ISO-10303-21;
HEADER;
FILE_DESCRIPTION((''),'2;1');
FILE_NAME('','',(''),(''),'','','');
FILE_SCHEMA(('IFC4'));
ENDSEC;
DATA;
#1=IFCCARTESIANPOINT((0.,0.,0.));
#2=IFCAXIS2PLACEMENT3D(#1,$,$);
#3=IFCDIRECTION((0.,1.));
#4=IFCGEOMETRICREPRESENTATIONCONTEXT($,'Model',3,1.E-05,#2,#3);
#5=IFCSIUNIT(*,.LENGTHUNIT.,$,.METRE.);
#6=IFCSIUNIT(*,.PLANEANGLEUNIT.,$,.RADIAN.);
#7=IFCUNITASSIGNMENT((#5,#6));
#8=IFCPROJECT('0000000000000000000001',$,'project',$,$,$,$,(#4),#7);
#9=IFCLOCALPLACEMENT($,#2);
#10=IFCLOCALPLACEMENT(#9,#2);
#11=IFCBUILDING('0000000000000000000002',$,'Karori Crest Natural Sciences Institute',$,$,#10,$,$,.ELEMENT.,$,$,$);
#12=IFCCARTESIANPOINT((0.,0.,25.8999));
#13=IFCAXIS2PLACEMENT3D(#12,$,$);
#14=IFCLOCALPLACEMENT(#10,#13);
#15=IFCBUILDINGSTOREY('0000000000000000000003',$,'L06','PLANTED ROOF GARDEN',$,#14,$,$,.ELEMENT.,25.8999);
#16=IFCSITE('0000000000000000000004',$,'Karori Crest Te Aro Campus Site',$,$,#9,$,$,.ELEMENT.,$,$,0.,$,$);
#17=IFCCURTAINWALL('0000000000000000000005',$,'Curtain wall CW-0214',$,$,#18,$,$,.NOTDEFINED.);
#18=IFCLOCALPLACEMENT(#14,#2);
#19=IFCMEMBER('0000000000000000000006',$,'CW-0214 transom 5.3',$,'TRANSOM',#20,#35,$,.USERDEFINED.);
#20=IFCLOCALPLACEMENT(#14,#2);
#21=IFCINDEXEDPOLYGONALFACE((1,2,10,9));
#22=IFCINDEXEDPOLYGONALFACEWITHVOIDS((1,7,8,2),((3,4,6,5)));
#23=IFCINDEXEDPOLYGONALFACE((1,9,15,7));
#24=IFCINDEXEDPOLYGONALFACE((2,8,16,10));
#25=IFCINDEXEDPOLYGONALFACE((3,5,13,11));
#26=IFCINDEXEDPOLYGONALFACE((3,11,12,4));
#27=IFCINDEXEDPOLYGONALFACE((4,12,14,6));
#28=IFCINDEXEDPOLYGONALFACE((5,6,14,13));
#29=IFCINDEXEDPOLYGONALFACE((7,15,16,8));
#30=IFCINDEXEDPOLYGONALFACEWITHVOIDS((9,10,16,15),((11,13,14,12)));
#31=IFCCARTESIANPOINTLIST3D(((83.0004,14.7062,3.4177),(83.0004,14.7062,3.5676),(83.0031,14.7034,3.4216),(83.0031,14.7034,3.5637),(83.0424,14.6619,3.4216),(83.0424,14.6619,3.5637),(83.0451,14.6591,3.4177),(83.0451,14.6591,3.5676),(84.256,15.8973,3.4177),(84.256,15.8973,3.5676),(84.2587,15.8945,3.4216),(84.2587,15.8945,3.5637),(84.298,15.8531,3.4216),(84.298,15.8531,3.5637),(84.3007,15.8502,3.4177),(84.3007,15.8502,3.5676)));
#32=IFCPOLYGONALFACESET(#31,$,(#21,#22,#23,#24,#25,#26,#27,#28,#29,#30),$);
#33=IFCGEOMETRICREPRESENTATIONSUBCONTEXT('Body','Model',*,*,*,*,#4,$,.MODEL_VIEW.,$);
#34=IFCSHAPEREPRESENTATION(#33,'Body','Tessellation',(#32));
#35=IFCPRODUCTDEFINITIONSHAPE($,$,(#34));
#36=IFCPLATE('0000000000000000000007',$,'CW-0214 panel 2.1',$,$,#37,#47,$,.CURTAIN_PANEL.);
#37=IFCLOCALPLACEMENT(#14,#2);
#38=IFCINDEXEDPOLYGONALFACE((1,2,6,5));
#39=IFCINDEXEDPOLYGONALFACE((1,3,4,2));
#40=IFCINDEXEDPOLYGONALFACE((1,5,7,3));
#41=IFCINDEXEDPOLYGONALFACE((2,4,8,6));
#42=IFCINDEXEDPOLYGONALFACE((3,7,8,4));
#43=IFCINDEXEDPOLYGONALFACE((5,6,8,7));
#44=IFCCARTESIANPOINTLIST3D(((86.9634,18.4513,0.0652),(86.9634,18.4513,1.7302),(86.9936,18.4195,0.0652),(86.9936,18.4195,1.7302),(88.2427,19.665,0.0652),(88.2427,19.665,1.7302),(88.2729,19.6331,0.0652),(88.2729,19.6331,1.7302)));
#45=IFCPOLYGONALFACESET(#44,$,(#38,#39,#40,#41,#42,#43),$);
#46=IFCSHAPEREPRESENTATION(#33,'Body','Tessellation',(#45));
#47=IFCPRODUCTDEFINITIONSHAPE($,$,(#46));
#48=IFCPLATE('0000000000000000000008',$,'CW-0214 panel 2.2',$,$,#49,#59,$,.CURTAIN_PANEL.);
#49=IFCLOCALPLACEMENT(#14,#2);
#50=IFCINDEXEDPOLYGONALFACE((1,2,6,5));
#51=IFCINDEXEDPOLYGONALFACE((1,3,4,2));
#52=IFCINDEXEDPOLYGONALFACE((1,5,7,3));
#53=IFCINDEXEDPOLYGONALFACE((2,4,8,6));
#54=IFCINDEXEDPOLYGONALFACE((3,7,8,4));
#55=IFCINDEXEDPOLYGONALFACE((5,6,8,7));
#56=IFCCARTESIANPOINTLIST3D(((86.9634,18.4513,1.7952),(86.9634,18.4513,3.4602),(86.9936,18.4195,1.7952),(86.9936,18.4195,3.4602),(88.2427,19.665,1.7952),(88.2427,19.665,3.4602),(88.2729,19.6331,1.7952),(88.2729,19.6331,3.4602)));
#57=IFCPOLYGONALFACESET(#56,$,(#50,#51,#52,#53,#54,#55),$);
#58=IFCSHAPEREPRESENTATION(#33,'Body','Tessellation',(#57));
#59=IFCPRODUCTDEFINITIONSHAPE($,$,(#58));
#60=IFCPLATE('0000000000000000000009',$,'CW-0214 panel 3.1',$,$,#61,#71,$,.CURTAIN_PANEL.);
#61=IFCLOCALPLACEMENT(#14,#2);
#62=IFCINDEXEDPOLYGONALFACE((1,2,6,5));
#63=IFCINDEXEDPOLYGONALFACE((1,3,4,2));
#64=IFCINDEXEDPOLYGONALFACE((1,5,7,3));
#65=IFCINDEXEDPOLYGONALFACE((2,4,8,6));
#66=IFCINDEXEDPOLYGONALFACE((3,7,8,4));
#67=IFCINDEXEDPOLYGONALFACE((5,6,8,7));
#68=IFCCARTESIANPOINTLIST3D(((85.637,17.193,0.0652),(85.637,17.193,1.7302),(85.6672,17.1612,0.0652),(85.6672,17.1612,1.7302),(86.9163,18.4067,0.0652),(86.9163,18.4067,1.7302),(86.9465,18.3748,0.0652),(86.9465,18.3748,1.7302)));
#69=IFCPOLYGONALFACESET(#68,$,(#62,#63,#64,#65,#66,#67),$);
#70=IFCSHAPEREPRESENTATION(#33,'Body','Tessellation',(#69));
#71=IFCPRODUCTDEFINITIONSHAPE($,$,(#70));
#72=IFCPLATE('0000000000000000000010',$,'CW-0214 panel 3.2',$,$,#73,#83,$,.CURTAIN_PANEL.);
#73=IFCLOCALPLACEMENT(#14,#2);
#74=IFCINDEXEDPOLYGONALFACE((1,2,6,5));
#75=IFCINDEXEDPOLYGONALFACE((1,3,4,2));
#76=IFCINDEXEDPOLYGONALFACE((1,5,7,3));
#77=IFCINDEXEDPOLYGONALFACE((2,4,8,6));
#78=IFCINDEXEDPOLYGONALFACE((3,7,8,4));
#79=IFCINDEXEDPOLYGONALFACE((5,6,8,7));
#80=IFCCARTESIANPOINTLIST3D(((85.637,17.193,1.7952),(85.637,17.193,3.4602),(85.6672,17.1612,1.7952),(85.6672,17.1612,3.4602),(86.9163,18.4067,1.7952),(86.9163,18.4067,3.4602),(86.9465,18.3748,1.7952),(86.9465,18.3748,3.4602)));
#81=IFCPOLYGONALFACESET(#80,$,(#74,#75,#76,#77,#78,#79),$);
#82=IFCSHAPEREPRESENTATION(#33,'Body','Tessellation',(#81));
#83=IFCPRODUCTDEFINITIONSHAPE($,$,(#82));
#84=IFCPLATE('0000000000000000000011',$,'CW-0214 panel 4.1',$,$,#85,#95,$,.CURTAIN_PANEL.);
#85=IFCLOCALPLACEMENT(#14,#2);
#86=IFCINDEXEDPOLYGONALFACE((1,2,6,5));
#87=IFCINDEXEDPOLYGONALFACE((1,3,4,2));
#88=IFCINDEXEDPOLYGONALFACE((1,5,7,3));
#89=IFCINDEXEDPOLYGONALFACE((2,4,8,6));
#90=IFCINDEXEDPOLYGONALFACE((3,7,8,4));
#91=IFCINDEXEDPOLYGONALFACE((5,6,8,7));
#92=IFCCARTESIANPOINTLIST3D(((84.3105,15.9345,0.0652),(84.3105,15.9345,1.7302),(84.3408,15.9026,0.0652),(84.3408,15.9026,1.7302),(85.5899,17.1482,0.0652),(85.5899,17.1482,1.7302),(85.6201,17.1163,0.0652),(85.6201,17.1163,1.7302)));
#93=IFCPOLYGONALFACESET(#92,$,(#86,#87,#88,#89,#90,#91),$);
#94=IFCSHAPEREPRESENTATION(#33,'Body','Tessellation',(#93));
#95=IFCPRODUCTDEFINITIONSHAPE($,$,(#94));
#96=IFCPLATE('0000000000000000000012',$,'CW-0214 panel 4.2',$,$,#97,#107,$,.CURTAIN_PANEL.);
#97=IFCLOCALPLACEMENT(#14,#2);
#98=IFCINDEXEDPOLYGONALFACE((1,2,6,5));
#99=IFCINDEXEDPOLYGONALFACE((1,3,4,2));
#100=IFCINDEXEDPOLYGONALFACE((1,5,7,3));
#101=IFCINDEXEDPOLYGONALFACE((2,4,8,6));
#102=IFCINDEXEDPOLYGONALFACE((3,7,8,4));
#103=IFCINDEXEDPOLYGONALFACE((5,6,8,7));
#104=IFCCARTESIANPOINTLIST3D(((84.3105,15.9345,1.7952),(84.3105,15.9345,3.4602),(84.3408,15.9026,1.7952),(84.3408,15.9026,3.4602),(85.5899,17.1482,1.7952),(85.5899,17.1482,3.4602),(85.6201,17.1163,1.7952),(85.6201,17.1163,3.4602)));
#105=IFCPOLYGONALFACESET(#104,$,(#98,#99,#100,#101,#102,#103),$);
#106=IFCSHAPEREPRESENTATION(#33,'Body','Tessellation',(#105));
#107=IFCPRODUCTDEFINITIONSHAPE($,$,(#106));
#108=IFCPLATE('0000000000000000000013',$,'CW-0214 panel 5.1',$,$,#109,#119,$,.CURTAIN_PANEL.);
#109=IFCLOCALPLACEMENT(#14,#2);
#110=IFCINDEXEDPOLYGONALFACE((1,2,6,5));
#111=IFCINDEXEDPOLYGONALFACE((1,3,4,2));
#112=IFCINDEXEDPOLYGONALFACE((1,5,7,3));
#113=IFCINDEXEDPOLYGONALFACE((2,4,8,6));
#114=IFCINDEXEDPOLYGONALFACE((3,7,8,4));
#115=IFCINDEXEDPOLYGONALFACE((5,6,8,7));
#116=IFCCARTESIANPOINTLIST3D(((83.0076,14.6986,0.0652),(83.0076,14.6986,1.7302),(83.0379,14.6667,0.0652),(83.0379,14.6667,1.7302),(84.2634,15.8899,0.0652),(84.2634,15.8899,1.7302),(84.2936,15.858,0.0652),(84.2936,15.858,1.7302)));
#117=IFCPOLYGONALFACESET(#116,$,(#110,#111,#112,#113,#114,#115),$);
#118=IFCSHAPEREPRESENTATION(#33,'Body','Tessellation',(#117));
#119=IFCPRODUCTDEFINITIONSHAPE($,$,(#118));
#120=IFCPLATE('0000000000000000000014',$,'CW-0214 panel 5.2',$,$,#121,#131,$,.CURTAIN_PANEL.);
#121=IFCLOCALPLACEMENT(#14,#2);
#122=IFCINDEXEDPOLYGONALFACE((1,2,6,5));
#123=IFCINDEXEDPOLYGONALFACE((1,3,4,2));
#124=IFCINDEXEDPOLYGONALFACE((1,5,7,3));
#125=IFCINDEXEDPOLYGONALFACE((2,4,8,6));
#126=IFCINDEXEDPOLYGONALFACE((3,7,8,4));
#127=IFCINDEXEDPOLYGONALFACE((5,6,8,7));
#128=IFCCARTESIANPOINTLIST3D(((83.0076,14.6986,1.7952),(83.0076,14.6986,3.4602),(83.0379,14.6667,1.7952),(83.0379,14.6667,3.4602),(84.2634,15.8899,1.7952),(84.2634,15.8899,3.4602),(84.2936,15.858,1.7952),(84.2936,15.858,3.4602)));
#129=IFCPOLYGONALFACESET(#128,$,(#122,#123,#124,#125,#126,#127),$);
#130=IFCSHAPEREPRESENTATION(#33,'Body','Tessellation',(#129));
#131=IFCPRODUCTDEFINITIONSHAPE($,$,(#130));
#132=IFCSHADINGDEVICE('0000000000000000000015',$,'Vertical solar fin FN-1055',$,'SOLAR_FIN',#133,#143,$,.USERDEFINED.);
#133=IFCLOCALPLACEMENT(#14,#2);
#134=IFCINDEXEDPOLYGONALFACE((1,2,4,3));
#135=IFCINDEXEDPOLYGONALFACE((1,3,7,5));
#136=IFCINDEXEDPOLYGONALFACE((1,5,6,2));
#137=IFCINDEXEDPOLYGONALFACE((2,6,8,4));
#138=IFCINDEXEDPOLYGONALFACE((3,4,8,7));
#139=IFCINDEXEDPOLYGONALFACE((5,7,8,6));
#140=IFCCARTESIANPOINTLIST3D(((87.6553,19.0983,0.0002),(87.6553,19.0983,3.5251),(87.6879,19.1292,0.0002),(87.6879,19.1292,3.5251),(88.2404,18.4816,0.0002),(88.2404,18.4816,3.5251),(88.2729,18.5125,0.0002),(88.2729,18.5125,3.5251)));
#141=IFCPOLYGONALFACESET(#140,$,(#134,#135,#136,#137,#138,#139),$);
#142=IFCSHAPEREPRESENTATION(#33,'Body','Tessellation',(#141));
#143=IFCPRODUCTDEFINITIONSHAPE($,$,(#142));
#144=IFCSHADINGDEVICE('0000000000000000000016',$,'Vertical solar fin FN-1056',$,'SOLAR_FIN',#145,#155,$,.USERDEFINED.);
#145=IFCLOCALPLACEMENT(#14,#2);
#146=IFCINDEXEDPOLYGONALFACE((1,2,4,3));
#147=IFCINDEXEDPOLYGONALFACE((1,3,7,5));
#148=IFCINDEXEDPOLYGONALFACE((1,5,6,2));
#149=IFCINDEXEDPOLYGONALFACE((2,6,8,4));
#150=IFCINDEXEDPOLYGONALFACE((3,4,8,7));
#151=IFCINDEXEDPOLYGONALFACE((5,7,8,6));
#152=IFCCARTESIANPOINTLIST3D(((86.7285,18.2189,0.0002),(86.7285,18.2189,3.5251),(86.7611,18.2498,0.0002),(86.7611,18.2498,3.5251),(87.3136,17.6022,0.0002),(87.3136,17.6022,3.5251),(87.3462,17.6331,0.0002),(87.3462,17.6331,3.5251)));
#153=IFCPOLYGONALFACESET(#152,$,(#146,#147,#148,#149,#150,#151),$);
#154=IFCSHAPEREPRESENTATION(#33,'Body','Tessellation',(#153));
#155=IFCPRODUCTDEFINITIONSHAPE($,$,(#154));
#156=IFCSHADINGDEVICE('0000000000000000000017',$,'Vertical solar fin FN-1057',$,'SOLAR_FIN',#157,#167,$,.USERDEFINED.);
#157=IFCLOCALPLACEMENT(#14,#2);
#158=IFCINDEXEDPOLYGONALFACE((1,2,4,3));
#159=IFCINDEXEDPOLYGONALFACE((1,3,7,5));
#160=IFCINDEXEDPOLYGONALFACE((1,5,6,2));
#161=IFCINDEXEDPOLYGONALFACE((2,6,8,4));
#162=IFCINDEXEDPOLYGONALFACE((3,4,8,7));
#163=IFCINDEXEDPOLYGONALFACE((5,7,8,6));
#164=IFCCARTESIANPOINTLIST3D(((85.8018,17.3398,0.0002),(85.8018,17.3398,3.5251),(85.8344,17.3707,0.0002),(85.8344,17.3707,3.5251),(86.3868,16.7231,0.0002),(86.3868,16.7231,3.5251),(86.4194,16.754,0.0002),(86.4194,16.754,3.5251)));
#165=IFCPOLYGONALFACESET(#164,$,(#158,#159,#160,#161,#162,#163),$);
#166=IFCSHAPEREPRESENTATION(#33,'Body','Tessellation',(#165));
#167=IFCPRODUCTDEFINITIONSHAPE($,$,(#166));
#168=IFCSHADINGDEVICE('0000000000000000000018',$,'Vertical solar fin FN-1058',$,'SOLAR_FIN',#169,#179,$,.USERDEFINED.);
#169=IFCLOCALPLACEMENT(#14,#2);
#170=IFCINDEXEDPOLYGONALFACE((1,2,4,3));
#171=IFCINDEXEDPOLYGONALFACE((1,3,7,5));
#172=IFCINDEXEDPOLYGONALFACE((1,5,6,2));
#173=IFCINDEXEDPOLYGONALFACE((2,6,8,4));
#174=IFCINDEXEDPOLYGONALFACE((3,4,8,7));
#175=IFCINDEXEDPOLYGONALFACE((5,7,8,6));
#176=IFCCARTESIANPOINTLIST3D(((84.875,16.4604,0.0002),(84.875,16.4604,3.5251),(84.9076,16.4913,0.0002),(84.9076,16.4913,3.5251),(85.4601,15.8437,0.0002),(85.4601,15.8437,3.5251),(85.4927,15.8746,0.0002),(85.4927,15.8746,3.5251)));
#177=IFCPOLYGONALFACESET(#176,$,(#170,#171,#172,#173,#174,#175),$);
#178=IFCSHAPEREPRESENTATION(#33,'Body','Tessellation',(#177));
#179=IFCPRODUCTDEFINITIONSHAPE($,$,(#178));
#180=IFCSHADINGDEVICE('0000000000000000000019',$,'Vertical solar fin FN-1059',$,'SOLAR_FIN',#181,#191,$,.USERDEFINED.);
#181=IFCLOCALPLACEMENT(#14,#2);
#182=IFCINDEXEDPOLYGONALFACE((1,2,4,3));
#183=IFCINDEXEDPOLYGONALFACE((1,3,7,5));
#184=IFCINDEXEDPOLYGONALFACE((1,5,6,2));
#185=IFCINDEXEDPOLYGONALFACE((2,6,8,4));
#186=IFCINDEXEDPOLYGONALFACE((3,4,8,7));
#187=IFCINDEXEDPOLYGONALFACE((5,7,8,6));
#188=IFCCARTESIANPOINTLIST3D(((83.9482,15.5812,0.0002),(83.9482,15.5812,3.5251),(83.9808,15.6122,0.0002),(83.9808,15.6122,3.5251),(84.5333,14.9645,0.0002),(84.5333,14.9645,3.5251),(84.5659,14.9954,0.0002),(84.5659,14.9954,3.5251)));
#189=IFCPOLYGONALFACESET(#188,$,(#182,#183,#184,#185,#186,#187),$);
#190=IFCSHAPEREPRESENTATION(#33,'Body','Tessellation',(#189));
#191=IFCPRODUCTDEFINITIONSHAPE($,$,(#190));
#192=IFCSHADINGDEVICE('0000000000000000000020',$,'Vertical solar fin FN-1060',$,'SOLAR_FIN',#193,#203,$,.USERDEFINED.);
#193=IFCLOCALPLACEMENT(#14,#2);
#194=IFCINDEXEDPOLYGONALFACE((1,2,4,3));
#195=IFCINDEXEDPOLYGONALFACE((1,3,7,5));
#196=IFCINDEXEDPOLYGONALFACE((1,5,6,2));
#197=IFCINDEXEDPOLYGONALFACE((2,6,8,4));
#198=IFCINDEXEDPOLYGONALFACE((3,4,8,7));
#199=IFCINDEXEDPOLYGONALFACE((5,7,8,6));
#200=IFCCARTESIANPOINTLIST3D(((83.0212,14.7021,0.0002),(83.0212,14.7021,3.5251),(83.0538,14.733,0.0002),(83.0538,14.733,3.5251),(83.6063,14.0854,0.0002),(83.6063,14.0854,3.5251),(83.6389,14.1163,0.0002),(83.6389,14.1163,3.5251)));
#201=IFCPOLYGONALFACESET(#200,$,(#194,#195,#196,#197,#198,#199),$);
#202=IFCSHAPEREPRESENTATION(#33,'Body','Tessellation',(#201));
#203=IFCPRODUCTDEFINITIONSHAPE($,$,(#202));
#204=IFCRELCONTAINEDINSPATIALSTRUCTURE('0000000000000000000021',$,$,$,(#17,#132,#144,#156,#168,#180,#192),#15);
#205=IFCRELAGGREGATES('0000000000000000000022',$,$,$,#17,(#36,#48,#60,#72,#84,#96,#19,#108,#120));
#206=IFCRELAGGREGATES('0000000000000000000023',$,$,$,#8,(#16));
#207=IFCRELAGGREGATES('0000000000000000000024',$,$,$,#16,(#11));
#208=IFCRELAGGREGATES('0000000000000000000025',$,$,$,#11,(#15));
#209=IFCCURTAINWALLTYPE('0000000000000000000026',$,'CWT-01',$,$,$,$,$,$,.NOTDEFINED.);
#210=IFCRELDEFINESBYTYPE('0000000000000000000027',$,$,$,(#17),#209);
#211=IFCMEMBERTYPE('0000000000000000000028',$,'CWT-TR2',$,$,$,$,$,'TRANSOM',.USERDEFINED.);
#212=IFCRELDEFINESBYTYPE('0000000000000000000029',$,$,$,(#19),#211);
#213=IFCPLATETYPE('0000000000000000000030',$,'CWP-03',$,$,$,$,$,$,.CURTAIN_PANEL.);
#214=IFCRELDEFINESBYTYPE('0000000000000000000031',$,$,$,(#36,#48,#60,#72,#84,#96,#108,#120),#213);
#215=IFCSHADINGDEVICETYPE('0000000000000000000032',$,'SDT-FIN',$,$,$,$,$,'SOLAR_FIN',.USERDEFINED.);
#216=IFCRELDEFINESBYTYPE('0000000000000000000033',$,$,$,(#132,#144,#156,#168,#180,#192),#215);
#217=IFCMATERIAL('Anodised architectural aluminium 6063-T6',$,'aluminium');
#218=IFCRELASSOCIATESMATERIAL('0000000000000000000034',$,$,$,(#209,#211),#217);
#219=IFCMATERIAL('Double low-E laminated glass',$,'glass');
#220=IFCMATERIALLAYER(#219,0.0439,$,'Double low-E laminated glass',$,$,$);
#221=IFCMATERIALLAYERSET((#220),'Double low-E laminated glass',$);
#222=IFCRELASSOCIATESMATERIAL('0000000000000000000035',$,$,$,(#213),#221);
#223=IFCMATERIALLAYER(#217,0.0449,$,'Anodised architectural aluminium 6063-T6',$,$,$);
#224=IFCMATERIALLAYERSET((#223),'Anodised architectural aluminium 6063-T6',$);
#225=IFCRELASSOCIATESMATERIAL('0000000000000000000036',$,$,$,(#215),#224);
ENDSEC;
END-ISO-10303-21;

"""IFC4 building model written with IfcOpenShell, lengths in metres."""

from ifc_helpers import new_model, si_unit, direction, frame, origin, origin_2d, place, context, subcontext, project, spatial, rectangle, hollow_rectangle, extrude, material, layer, layer_set, material_profile, profile_set, type_object, element, aggregate, save


model = new_model("IFC4")

# Units and contexts
model_context = context("Model", 3, precision=1e-05, world=origin(), true_north=direction((0.0, 1.0)))
body_context = subcontext(model_context, "Body", "Model", "MODEL_VIEW")
ifc_project = project(units=[si_unit("LENGTHUNIT", "METRE"), si_unit("PLANEANGLEUNIT", "RADIAN")], contexts=[model_context])

# Site, building, storey
site_placement = place(None, origin())
site = spatial("IfcSite", under=ifc_project, at=site_placement, Name="Karori Crest Te Aro Campus Site", CompositionType="ELEMENT", RefElevation=0.0)
building_placement = place(site_placement, origin())
building = spatial("IfcBuilding", under=site, at=building_placement, Name="Karori Crest Natural Sciences Institute", CompositionType="ELEMENT")
storey_placement = place(building_placement, frame((0.0, 0.0, 25.8999)))
storey = spatial("IfcBuildingStorey", under=building, at=storey_placement, Name="L06", Description="PLANTED ROOF GARDEN", CompositionType="ELEMENT", Elevation=25.8999)

# Curtain wall, member, plates
ifc_material_1 = material(Name="Anodised architectural aluminium 6063-T6", Category="aluminium")
curtain_wall_type = type_object("IfcCurtainWallType", Name="CWT-01", PredefinedType="NOTDEFINED", material=ifc_material_1)
curtain_wall_placement = place(storey_placement, origin())
curtain_wall = element("IfcCurtainWall", 1, at=curtain_wall_placement, inside=storey, type_object=curtain_wall_type, Name="Curtain wall CW-0214", PredefinedType="NOTDEFINED")
ifc_material_profile_1 = material_profile(ifc_material_1, hollow_rectangle(XDim=0.0649, YDim=0.1499, WallThickness=0.0039, at=origin_2d()), Name="CWT150x65x4")
ifc_profile_set_1 = profile_set([ifc_material_profile_1], Name="Anodised architectural aluminium 6063-T6")
member_type_1 = type_object("IfcMemberType", Name="CWT-TR2", ElementType="TRANSOM", PredefinedType="USERDEFINED", material=ifc_profile_set_1)
member_1_placement = place(storey_placement, frame((84.2783, 15.8738, 3.4927), z_axis=(-0.725482, -0.688241, 0.0), x_axis=(0.688241, -0.725482, 0.0)))
member_1 = element("IfcMember", 2, at=member_1_placement, type_object=member_type_1, Name="CW-0214 transom 5.3", ObjectType="TRANSOM", PredefinedType="USERDEFINED", context=body_context, shape_type="SweptSolid", body=[
    extrude(hollow_rectangle(XDim=0.0649, YDim=0.1499, WallThickness=0.0039, at=origin_2d()), origin(), (0.0, 0.0, 1.0), 1.7307),
])
ifc_material_2 = material(Name="Double low-E laminated glass", Category="glass")
ifc_layer_1 = layer(ifc_material_2, 0.0439, Name="Double low-E laminated glass")
ifc_layer_set_1 = layer_set([ifc_layer_1], Name="Double low-E laminated glass")
plate_type = type_object("IfcPlateType", Name="CWP-03", PredefinedType="CURTAIN_PANEL", material=ifc_layer_set_1)
plate_1_placement = place(storey_placement, frame((87.6182, 19.0422, 0.0652), z_axis=(0.0, 0.0, 1.0), x_axis=(-0.725473, -0.688251, 0.0)))
plate_1 = element("IfcPlate", 3, at=plate_1_placement, type_object=plate_type, Name="CW-0214 panel 2.1", PredefinedType="CURTAIN_PANEL", context=body_context, shape_type="SweptSolid", body=[
    extrude(rectangle(XDim=1.7634, YDim=0.0439, at=origin_2d()), origin(), (0.0, 0.0, 1.0), 1.665),
])
plate_2_placement = place(storey_placement, frame((87.6182, 19.0422, 1.7952), z_axis=(0.0, 0.0, 1.0), x_axis=(-0.725473, -0.688251, 0.0)))
plate_2 = element("IfcPlate", 4, at=plate_2_placement, type_object=plate_type, Name="CW-0214 panel 2.2", PredefinedType="CURTAIN_PANEL", context=body_context, shape_type="SweptSolid", body=[
    extrude(rectangle(XDim=1.7634, YDim=0.0439, at=origin_2d()), origin(), (0.0, 0.0, 1.0), 1.665),
])
plate_3_placement = place(storey_placement, frame((86.2917, 17.7839, 0.0652), z_axis=(0.0, 0.0, 1.0), x_axis=(-0.725473, -0.688251, 0.0)))
plate_3 = element("IfcPlate", 5, at=plate_3_placement, type_object=plate_type, Name="CW-0214 panel 3.1", PredefinedType="CURTAIN_PANEL", context=body_context, shape_type="SweptSolid", body=[
    extrude(rectangle(XDim=1.7634, YDim=0.0439, at=origin_2d()), origin(), (0.0, 0.0, 1.0), 1.665),
])
plate_4_placement = place(storey_placement, frame((86.2917, 17.7839, 1.7952), z_axis=(0.0, 0.0, 1.0), x_axis=(-0.725473, -0.688251, 0.0)))
plate_4 = element("IfcPlate", 6, at=plate_4_placement, type_object=plate_type, Name="CW-0214 panel 3.2", PredefinedType="CURTAIN_PANEL", context=body_context, shape_type="SweptSolid", body=[
    extrude(rectangle(XDim=1.7634, YDim=0.0439, at=origin_2d()), origin(), (0.0, 0.0, 1.0), 1.665),
])
plate_5_placement = place(storey_placement, frame((84.9653, 16.5254, 0.0652), z_axis=(0.0, 0.0, 1.0), x_axis=(-0.725473, -0.688251, 0.0)))
plate_5 = element("IfcPlate", 7, at=plate_5_placement, type_object=plate_type, Name="CW-0214 panel 4.1", PredefinedType="CURTAIN_PANEL", context=body_context, shape_type="SweptSolid", body=[
    extrude(rectangle(XDim=1.7634, YDim=0.0439, at=origin_2d()), origin(), (0.0, 0.0, 1.0), 1.665),
])
plate_6_placement = place(storey_placement, frame((84.9653, 16.5254, 1.7952), z_axis=(0.0, 0.0, 1.0), x_axis=(-0.725473, -0.688251, 0.0)))
plate_6 = element("IfcPlate", 8, at=plate_6_placement, type_object=plate_type, Name="CW-0214 panel 4.2", PredefinedType="CURTAIN_PANEL", context=body_context, shape_type="SweptSolid", body=[
    extrude(rectangle(XDim=1.7634, YDim=0.0439, at=origin_2d()), origin(), (0.0, 0.0, 1.0), 1.665),
])
plate_7_placement = place(storey_placement, frame((83.6506, 15.2783, 0.0652), z_axis=(0.0, 0.0, 1.0), x_axis=(-0.725473, -0.688251, 0.0)))
plate_7 = element("IfcPlate", 9, at=plate_7_placement, type_object=plate_type, Name="CW-0214 panel 5.1", PredefinedType="CURTAIN_PANEL", context=body_context, shape_type="SweptSolid", body=[
    extrude(rectangle(XDim=1.731, YDim=0.0439, at=origin_2d()), origin(), (0.0, 0.0, 1.0), 1.665),
])
plate_8_placement = place(storey_placement, frame((83.6506, 15.2783, 1.7952), z_axis=(0.0, 0.0, 1.0), x_axis=(-0.725473, -0.688251, 0.0)))
plate_8 = element("IfcPlate", 10, at=plate_8_placement, type_object=plate_type, Name="CW-0214 panel 5.2", PredefinedType="CURTAIN_PANEL", context=body_context, shape_type="SweptSolid", body=[
    extrude(rectangle(XDim=1.731, YDim=0.0439, at=origin_2d()), origin(), (0.0, 0.0, 1.0), 1.665),
])
aggregate(curtain_wall, [plate_1, plate_2, plate_3, plate_4, plate_5, plate_6, member_1, plate_7, plate_8])

# Shading devices
ifc_layer_2 = layer(ifc_material_1, 0.0449, Name="Anodised architectural aluminium 6063-T6")
ifc_layer_set_2 = layer_set([ifc_layer_2], Name="Anodised architectural aluminium 6063-T6")
shading_device_type = type_object("IfcShadingDeviceType", Name="SDT-FIN", ElementType="SOLAR_FIN", PredefinedType="USERDEFINED", material=ifc_layer_set_2)
for number, where, z_axis, x_axis, name in (
    (11, (87.9641, 18.8054, 0.0002), (0.0, 0.0, 1.0), (0.688251, -0.725473, 0.0), "Vertical solar fin FN-1055"),
    (12, (87.0374, 17.926, 0.0002), (0.0, 0.0, 1.0), (0.688251, -0.725473, 0.0), "Vertical solar fin FN-1056"),
    (13, (86.1106, 17.0469, 0.0002), (0.0, 0.0, 1.0), (0.688251, -0.725473, 0.0), "Vertical solar fin FN-1057"),
    (14, (85.1838, 16.1675, 0.0002), (0.0, 0.0, 1.0), (0.688251, -0.725473, 0.0), "Vertical solar fin FN-1058"),
    (15, (84.2571, 15.2883, 0.0002), (0.0, 0.0, 1.0), (0.688251, -0.725473, 0.0), "Vertical solar fin FN-1059"),
    (16, (83.3301, 14.4092, 0.0002), (0.0, 0.0, 1.0), (0.688251, -0.725473, 0.0), "Vertical solar fin FN-1060"),
):
    element("IfcShadingDevice", number, at=place(storey_placement, frame(where, z_axis=z_axis, x_axis=x_axis)), inside=storey, type_object=shading_device_type, Name=name, ObjectType="SOLAR_FIN", PredefinedType="USERDEFINED", context=body_context, shape_type="SweptSolid", body=[
        extrude(rectangle(XDim=0.8501, YDim=0.0449, at=origin_2d()), origin(), (0.0, 0.0, 1.0), 3.5249),
    ])

save(model, "model.ifc")
